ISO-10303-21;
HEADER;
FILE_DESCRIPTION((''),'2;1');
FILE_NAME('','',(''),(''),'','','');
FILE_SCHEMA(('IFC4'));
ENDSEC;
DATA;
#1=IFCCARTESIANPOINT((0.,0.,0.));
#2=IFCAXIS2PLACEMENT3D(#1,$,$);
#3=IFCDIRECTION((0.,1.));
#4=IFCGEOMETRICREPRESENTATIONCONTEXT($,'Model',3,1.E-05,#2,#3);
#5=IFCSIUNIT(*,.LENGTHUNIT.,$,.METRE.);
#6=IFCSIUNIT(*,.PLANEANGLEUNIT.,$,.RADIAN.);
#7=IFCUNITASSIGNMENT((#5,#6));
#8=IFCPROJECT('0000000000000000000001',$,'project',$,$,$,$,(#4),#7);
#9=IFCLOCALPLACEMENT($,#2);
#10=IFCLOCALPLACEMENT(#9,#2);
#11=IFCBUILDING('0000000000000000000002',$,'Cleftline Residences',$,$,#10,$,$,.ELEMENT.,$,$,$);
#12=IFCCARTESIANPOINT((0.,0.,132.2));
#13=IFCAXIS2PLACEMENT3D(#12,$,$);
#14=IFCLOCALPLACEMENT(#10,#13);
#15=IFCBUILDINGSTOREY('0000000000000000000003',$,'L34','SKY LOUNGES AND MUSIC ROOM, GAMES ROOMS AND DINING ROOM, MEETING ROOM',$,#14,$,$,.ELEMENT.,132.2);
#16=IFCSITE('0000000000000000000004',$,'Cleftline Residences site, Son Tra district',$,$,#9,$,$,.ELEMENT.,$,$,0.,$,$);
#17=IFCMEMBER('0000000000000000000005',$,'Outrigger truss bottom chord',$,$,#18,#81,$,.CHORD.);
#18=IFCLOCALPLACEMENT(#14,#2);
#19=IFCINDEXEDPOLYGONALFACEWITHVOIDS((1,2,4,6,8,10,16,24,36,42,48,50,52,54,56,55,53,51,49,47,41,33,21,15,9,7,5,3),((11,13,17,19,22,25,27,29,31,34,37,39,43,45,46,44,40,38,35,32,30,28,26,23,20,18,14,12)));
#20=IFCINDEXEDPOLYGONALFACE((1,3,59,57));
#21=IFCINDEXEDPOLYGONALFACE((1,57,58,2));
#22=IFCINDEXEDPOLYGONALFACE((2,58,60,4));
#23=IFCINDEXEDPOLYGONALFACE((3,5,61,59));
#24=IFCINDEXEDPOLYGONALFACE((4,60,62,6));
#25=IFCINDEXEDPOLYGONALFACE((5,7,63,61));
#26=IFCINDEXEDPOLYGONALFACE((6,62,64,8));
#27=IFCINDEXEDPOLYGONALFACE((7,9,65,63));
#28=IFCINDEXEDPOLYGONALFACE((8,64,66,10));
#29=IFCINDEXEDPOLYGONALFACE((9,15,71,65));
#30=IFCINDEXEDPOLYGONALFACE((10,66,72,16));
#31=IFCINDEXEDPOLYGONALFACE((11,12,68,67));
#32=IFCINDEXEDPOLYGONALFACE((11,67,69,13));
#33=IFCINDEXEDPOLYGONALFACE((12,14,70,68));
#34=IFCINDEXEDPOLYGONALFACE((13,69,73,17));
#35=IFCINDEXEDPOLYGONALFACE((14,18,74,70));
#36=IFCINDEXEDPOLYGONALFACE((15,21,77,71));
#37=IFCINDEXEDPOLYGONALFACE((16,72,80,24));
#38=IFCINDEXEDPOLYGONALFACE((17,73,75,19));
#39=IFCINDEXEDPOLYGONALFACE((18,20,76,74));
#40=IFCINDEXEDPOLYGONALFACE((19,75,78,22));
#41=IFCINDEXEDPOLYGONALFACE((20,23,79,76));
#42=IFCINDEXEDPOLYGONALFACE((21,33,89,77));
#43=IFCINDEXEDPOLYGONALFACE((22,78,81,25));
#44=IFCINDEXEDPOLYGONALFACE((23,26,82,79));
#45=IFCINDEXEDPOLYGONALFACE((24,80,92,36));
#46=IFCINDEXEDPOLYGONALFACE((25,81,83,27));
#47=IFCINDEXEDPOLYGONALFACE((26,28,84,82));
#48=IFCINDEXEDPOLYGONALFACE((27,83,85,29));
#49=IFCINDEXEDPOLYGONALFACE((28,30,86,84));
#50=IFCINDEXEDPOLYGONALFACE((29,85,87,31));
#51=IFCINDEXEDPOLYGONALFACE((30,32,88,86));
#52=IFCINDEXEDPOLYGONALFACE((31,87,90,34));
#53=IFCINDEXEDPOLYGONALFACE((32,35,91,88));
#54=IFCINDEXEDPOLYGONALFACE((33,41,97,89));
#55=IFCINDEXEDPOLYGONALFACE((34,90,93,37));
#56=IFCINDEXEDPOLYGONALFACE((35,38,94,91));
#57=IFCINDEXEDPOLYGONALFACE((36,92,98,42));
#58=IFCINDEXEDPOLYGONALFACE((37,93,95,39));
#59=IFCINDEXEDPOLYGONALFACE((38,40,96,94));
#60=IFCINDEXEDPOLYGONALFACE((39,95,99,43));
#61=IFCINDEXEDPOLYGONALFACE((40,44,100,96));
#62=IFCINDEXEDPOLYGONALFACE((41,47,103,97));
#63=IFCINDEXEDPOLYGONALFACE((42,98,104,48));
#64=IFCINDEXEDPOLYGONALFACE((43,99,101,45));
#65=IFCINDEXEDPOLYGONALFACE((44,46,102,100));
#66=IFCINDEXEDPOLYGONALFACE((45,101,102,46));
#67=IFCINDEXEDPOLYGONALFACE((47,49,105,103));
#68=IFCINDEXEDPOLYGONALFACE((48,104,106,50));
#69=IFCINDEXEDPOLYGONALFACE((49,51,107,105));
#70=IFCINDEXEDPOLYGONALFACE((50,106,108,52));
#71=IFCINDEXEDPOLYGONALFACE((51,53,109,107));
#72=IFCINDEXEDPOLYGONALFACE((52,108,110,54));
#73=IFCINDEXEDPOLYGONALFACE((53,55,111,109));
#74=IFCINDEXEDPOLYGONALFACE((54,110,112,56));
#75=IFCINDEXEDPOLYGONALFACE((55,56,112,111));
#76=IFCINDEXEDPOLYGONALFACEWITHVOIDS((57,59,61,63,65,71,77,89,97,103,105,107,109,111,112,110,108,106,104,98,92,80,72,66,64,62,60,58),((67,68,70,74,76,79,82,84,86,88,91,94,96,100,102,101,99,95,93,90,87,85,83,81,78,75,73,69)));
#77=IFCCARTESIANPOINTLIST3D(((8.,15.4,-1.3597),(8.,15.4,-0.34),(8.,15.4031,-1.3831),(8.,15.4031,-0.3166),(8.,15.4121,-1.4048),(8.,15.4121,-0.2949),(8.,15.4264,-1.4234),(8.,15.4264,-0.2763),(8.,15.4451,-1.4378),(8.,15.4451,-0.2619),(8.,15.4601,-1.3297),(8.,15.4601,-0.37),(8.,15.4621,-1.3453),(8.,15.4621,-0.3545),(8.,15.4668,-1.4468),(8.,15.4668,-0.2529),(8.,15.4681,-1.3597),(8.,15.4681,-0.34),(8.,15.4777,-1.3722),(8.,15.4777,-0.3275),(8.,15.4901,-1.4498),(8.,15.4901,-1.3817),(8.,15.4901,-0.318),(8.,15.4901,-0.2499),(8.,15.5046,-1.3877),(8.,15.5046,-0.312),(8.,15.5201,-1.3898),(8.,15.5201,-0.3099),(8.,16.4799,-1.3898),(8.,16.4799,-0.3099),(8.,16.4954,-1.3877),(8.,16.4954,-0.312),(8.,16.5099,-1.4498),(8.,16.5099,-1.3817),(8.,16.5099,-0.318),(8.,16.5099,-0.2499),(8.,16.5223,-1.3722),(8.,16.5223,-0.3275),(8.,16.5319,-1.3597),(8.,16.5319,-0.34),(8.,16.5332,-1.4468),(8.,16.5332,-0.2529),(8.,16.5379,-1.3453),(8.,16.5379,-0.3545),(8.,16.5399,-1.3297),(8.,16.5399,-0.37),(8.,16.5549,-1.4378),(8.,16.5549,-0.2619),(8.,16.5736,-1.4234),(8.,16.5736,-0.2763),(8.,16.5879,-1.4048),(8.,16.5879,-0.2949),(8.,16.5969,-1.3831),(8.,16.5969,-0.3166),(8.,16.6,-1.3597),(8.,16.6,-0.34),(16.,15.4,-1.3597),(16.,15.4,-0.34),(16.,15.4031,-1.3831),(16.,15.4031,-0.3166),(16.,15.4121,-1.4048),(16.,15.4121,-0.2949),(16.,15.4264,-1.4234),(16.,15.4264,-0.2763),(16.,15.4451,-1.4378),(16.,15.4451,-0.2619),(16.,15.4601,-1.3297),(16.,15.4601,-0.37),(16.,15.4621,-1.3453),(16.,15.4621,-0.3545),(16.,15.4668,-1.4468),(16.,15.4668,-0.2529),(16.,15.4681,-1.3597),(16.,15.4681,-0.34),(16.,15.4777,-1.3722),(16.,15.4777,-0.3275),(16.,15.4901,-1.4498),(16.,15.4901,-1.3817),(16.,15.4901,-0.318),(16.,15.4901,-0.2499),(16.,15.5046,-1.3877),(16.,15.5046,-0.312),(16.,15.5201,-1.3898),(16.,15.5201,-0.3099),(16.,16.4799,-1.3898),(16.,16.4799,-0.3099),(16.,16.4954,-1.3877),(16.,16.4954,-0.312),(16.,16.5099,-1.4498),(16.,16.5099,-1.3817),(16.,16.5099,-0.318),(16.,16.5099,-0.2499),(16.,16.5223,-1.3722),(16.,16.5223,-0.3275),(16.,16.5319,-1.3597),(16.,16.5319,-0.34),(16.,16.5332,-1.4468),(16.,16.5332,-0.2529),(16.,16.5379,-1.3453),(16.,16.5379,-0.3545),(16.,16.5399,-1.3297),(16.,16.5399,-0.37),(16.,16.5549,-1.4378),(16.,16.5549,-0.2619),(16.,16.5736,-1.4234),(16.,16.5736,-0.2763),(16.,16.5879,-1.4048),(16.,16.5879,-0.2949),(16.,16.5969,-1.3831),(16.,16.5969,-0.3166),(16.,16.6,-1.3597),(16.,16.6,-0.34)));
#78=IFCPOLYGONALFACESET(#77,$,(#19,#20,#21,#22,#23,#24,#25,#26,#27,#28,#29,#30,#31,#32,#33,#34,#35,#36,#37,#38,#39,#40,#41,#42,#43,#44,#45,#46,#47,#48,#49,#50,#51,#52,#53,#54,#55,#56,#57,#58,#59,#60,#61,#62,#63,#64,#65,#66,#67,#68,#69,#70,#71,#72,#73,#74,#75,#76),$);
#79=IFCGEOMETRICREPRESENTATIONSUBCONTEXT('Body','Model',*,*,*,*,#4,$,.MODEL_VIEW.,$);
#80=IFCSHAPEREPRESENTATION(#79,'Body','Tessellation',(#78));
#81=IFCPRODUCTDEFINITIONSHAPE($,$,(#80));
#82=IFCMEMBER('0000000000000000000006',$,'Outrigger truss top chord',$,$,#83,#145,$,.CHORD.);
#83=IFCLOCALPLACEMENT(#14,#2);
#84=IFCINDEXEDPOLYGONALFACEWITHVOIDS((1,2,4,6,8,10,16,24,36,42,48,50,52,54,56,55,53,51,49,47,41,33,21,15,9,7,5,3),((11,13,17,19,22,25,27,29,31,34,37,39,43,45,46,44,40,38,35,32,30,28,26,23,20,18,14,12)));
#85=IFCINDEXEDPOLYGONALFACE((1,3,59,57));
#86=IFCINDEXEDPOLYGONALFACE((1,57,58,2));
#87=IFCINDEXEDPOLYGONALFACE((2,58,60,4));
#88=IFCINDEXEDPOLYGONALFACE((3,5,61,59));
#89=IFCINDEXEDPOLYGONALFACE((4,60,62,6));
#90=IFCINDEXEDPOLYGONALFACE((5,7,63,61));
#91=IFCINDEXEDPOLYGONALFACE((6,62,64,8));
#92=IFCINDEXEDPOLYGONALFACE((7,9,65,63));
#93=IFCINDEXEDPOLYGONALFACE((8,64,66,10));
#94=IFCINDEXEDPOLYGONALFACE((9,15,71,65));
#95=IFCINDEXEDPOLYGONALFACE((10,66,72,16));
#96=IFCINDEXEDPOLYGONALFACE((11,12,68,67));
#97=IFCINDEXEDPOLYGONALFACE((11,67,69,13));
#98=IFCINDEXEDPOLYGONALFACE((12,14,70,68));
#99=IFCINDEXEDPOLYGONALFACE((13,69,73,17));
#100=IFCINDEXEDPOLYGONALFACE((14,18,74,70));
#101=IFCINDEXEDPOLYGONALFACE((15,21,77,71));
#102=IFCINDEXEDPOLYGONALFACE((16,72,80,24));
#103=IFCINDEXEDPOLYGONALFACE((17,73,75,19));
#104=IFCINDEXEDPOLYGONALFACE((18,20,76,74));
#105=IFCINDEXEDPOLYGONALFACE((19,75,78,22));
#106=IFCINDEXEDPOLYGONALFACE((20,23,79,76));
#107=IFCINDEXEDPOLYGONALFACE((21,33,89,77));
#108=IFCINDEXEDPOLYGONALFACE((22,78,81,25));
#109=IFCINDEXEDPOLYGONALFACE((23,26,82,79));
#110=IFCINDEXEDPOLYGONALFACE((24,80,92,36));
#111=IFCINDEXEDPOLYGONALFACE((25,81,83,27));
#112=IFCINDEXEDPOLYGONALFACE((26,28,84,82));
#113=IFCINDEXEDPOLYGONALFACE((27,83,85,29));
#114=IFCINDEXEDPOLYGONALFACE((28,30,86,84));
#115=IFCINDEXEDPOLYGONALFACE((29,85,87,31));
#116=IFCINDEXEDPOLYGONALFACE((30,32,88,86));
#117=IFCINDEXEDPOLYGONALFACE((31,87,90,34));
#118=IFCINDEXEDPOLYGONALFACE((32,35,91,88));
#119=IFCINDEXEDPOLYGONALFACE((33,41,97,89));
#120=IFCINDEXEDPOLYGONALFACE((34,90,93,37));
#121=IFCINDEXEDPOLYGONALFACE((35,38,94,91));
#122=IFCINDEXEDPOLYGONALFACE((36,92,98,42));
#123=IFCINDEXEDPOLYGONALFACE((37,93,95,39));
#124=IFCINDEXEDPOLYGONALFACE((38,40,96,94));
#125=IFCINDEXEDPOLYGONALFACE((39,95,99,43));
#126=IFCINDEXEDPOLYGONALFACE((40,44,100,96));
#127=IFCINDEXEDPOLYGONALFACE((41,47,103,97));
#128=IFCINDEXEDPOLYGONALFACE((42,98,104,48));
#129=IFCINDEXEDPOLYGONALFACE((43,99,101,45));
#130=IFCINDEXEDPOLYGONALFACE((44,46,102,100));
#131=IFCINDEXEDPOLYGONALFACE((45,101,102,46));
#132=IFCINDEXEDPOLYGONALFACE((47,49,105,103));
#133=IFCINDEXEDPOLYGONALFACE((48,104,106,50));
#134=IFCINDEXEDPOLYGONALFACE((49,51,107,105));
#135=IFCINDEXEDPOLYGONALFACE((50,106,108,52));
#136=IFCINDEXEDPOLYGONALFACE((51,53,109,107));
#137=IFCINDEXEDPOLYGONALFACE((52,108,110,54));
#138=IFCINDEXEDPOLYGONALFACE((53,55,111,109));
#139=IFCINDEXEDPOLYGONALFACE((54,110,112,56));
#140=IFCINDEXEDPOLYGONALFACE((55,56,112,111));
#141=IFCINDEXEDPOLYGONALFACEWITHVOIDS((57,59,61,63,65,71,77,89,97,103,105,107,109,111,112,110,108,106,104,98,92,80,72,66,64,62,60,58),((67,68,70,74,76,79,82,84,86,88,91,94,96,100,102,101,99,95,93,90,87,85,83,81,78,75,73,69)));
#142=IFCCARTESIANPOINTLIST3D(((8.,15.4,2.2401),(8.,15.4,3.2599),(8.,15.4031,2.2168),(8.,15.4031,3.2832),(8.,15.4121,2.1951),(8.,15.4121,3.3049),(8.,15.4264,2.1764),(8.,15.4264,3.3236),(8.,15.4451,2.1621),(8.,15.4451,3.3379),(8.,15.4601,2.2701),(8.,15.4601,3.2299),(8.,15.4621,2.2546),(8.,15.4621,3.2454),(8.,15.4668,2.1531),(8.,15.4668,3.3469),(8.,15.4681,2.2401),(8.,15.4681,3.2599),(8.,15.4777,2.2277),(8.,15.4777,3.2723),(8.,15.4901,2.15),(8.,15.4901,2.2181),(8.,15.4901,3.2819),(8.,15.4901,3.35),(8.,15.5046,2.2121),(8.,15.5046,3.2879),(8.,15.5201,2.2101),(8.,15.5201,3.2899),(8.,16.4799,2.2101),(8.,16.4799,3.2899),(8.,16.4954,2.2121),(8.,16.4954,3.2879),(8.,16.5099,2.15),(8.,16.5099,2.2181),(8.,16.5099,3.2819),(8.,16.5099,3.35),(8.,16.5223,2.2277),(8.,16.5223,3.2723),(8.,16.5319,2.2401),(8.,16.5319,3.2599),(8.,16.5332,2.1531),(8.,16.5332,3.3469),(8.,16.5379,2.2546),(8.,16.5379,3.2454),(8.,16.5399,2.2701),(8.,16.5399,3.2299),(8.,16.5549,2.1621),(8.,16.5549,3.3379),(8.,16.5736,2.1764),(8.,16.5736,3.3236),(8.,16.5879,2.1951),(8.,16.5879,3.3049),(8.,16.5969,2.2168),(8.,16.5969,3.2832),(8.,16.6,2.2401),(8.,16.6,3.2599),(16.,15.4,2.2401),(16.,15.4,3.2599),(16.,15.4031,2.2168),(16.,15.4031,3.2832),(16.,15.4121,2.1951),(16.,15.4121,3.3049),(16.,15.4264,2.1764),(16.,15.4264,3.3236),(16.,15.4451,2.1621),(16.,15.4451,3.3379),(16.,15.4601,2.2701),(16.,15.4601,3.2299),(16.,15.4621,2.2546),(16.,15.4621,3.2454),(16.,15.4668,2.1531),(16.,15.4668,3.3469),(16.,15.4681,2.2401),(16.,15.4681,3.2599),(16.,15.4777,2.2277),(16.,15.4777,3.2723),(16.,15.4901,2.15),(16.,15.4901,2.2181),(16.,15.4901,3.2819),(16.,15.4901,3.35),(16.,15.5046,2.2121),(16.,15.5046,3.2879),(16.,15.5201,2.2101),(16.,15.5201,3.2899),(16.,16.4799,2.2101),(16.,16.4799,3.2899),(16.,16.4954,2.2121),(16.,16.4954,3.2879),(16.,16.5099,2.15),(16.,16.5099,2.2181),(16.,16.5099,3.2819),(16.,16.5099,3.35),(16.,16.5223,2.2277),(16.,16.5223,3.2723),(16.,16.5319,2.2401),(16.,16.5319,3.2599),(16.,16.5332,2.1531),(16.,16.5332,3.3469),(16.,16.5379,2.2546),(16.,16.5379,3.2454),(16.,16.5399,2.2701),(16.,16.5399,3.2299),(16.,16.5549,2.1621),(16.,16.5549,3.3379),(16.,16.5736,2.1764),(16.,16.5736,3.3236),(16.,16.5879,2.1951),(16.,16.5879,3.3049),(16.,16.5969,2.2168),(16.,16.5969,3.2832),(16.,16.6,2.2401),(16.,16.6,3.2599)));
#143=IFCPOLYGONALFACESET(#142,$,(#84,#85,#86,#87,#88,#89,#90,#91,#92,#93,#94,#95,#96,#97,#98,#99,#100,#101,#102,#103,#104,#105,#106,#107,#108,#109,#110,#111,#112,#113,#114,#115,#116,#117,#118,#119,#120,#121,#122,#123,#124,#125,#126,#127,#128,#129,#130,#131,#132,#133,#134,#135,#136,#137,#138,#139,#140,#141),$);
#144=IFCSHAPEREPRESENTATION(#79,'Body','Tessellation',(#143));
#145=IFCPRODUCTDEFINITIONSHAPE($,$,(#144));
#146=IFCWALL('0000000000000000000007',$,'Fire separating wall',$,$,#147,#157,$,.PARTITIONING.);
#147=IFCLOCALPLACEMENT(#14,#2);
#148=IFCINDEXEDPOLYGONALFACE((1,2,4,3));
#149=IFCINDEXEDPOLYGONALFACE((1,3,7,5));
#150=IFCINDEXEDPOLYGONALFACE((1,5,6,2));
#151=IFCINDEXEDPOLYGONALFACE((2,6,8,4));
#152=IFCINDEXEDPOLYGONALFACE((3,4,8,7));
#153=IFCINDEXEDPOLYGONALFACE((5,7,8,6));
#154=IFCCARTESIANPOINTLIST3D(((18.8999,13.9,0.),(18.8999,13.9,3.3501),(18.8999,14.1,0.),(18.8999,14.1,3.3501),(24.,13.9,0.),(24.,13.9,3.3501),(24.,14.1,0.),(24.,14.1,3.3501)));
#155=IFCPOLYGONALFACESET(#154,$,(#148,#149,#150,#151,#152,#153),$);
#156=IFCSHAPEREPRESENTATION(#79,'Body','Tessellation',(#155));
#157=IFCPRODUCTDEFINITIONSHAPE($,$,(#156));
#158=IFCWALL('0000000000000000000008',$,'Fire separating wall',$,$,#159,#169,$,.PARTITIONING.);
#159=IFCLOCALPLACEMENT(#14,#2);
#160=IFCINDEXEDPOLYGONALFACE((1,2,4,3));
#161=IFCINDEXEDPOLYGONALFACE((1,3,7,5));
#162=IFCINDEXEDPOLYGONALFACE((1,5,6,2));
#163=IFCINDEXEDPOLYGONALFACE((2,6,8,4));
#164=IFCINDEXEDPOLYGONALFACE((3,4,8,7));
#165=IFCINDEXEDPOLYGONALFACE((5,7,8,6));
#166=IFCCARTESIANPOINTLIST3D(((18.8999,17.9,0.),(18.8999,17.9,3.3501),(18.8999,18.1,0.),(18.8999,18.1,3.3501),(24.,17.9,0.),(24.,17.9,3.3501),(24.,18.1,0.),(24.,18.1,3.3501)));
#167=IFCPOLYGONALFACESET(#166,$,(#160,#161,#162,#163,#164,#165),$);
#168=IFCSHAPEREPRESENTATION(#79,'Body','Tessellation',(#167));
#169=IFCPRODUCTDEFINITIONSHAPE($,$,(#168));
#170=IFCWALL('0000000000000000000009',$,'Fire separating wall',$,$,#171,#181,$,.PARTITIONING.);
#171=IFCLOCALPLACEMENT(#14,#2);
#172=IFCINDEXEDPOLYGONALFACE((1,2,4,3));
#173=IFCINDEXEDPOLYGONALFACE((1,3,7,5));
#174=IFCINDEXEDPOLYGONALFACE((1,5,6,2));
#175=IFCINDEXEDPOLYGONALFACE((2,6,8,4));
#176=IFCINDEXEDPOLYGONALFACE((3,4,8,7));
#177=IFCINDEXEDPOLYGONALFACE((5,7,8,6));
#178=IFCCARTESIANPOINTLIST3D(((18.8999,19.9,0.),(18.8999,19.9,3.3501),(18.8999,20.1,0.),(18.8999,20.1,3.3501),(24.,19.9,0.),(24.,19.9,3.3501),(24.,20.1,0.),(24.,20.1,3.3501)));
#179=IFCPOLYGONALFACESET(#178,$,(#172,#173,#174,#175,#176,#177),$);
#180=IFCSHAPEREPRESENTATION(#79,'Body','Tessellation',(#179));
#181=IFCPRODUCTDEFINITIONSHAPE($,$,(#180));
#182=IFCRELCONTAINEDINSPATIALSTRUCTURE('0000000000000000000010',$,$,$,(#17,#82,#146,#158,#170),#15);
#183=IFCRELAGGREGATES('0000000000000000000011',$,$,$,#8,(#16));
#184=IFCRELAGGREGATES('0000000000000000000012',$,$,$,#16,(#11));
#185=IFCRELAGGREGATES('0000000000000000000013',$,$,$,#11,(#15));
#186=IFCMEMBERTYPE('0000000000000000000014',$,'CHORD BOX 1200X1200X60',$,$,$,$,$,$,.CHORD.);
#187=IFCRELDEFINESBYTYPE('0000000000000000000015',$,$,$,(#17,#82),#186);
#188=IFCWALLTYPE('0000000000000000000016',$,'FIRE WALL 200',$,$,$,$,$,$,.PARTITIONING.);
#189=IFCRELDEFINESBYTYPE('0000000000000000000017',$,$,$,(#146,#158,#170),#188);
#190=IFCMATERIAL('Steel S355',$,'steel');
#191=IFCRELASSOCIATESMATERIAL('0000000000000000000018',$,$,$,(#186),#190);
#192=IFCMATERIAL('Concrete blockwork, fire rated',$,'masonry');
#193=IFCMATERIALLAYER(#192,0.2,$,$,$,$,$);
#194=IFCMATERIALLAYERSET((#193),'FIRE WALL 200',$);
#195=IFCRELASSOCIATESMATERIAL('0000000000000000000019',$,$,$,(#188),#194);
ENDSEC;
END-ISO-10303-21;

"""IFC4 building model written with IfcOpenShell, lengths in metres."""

from ifc_helpers import new_model, si_unit, direction, frame, frame_2d, origin, origin_2d, place, context, subcontext, project, spatial, rectangle, hollow_rectangle, extrude, material, layer, layer_set, material_profile, profile_set, type_object, element, save


model = new_model("IFC4")

# Units and contexts
model_context = context("Model", 3, precision=1e-05, world=origin(), true_north=direction((0.0, 1.0)))
body_context = subcontext(model_context, "Body", "Model", "MODEL_VIEW")
ifc_project = project(units=[si_unit("LENGTHUNIT", "METRE"), si_unit("PLANEANGLEUNIT", "RADIAN")], contexts=[model_context])

# Site, building, storey
site_placement = place(None, origin())
site = spatial("IfcSite", under=ifc_project, at=site_placement, Name="Cleftline Residences site, Son Tra district", CompositionType="ELEMENT", RefElevation=0.0)
building_placement = place(site_placement, origin())
building = spatial("IfcBuilding", under=site, at=building_placement, Name="Cleftline Residences", CompositionType="ELEMENT")
storey_placement = place(building_placement, frame((0.0, 0.0, 132.2)))
storey = spatial("IfcBuildingStorey", under=building, at=storey_placement, Name="L34", Description="SKY LOUNGES AND MUSIC ROOM, GAMES ROOMS AND DINING ROOM, MEETING ROOM", CompositionType="ELEMENT", Elevation=132.2)

# Members
ifc_material_1 = material(Name="Steel S355", Category="steel")
ifc_material_profile_1 = material_profile(ifc_material_1, hollow_rectangle(XDim=1.2, YDim=1.2, WallThickness=0.0601, InnerFilletRadius=0.0601, OuterFilletRadius=0.0901, at=origin_2d()))
ifc_profile_set_1 = profile_set([ifc_material_profile_1], Name="Steel S355")
member_type_1 = type_object("IfcMemberType", Name="CHORD BOX 1200X1200X60", PredefinedType="CHORD", material=ifc_profile_set_1)
for number, where, z_axis, x_axis, name in (
    (1, (16.0, 16.0, -0.8499), (-1.0, 0.0, 0.0), (0.0, -1.0, 0.0), "Outrigger truss bottom chord"),
    (2, (16.0, 16.0, 2.75), (-1.0, 0.0, 0.0), (0.0, -1.0, 0.0), "Outrigger truss top chord"),
):
    element("IfcMember", number, at=place(storey_placement, frame(where, z_axis=z_axis, x_axis=x_axis)), inside=storey, type_object=member_type_1, Name=name, PredefinedType="CHORD", context=body_context, shape_type="SweptSolid", body=[
        extrude(hollow_rectangle(XDim=1.2, YDim=1.2, WallThickness=0.0601, InnerFilletRadius=0.0601, OuterFilletRadius=0.0901, at=origin_2d()), origin(), (0.0, 0.0, 1.0), 8.0),
    ])

# Walls
ifc_material_2 = material(Name="Concrete blockwork, fire rated", Category="masonry")
ifc_layer_1 = layer(ifc_material_2, 0.2)
ifc_layer_set_1 = layer_set([ifc_layer_1], Name="FIRE WALL 200")
wall_type_1 = type_object("IfcWallType", Name="FIRE WALL 200", PredefinedType="PARTITIONING", material=ifc_layer_set_1)
for number, where, z_axis, x_axis, name in (
    (3, (18.8999, 14.0, 0.0), (0.0, 0.0, 1.0), (1.0, 0.0, 0.0), "Fire separating wall"),
    (4, (18.8999, 18.0, 0.0), (0.0, 0.0, 1.0), (1.0, 0.0, 0.0), "Fire separating wall"),
    (5, (18.8999, 20.0, 0.0), (0.0, 0.0, 1.0), (1.0, 0.0, 0.0), "Fire separating wall"),
):
    element("IfcWall", number, at=place(storey_placement, frame(where, z_axis=z_axis, x_axis=x_axis)), inside=storey, type_object=wall_type_1, Name=name, PredefinedType="PARTITIONING", context=body_context, shape_type="SweptSolid", body=[
        extrude(rectangle(XDim=5.1001, YDim=0.2, at=frame_2d((2.55, 0.0))), origin(), (0.0, 0.0, 1.0), 3.3501),
    ])

save(model, "model.ifc")
